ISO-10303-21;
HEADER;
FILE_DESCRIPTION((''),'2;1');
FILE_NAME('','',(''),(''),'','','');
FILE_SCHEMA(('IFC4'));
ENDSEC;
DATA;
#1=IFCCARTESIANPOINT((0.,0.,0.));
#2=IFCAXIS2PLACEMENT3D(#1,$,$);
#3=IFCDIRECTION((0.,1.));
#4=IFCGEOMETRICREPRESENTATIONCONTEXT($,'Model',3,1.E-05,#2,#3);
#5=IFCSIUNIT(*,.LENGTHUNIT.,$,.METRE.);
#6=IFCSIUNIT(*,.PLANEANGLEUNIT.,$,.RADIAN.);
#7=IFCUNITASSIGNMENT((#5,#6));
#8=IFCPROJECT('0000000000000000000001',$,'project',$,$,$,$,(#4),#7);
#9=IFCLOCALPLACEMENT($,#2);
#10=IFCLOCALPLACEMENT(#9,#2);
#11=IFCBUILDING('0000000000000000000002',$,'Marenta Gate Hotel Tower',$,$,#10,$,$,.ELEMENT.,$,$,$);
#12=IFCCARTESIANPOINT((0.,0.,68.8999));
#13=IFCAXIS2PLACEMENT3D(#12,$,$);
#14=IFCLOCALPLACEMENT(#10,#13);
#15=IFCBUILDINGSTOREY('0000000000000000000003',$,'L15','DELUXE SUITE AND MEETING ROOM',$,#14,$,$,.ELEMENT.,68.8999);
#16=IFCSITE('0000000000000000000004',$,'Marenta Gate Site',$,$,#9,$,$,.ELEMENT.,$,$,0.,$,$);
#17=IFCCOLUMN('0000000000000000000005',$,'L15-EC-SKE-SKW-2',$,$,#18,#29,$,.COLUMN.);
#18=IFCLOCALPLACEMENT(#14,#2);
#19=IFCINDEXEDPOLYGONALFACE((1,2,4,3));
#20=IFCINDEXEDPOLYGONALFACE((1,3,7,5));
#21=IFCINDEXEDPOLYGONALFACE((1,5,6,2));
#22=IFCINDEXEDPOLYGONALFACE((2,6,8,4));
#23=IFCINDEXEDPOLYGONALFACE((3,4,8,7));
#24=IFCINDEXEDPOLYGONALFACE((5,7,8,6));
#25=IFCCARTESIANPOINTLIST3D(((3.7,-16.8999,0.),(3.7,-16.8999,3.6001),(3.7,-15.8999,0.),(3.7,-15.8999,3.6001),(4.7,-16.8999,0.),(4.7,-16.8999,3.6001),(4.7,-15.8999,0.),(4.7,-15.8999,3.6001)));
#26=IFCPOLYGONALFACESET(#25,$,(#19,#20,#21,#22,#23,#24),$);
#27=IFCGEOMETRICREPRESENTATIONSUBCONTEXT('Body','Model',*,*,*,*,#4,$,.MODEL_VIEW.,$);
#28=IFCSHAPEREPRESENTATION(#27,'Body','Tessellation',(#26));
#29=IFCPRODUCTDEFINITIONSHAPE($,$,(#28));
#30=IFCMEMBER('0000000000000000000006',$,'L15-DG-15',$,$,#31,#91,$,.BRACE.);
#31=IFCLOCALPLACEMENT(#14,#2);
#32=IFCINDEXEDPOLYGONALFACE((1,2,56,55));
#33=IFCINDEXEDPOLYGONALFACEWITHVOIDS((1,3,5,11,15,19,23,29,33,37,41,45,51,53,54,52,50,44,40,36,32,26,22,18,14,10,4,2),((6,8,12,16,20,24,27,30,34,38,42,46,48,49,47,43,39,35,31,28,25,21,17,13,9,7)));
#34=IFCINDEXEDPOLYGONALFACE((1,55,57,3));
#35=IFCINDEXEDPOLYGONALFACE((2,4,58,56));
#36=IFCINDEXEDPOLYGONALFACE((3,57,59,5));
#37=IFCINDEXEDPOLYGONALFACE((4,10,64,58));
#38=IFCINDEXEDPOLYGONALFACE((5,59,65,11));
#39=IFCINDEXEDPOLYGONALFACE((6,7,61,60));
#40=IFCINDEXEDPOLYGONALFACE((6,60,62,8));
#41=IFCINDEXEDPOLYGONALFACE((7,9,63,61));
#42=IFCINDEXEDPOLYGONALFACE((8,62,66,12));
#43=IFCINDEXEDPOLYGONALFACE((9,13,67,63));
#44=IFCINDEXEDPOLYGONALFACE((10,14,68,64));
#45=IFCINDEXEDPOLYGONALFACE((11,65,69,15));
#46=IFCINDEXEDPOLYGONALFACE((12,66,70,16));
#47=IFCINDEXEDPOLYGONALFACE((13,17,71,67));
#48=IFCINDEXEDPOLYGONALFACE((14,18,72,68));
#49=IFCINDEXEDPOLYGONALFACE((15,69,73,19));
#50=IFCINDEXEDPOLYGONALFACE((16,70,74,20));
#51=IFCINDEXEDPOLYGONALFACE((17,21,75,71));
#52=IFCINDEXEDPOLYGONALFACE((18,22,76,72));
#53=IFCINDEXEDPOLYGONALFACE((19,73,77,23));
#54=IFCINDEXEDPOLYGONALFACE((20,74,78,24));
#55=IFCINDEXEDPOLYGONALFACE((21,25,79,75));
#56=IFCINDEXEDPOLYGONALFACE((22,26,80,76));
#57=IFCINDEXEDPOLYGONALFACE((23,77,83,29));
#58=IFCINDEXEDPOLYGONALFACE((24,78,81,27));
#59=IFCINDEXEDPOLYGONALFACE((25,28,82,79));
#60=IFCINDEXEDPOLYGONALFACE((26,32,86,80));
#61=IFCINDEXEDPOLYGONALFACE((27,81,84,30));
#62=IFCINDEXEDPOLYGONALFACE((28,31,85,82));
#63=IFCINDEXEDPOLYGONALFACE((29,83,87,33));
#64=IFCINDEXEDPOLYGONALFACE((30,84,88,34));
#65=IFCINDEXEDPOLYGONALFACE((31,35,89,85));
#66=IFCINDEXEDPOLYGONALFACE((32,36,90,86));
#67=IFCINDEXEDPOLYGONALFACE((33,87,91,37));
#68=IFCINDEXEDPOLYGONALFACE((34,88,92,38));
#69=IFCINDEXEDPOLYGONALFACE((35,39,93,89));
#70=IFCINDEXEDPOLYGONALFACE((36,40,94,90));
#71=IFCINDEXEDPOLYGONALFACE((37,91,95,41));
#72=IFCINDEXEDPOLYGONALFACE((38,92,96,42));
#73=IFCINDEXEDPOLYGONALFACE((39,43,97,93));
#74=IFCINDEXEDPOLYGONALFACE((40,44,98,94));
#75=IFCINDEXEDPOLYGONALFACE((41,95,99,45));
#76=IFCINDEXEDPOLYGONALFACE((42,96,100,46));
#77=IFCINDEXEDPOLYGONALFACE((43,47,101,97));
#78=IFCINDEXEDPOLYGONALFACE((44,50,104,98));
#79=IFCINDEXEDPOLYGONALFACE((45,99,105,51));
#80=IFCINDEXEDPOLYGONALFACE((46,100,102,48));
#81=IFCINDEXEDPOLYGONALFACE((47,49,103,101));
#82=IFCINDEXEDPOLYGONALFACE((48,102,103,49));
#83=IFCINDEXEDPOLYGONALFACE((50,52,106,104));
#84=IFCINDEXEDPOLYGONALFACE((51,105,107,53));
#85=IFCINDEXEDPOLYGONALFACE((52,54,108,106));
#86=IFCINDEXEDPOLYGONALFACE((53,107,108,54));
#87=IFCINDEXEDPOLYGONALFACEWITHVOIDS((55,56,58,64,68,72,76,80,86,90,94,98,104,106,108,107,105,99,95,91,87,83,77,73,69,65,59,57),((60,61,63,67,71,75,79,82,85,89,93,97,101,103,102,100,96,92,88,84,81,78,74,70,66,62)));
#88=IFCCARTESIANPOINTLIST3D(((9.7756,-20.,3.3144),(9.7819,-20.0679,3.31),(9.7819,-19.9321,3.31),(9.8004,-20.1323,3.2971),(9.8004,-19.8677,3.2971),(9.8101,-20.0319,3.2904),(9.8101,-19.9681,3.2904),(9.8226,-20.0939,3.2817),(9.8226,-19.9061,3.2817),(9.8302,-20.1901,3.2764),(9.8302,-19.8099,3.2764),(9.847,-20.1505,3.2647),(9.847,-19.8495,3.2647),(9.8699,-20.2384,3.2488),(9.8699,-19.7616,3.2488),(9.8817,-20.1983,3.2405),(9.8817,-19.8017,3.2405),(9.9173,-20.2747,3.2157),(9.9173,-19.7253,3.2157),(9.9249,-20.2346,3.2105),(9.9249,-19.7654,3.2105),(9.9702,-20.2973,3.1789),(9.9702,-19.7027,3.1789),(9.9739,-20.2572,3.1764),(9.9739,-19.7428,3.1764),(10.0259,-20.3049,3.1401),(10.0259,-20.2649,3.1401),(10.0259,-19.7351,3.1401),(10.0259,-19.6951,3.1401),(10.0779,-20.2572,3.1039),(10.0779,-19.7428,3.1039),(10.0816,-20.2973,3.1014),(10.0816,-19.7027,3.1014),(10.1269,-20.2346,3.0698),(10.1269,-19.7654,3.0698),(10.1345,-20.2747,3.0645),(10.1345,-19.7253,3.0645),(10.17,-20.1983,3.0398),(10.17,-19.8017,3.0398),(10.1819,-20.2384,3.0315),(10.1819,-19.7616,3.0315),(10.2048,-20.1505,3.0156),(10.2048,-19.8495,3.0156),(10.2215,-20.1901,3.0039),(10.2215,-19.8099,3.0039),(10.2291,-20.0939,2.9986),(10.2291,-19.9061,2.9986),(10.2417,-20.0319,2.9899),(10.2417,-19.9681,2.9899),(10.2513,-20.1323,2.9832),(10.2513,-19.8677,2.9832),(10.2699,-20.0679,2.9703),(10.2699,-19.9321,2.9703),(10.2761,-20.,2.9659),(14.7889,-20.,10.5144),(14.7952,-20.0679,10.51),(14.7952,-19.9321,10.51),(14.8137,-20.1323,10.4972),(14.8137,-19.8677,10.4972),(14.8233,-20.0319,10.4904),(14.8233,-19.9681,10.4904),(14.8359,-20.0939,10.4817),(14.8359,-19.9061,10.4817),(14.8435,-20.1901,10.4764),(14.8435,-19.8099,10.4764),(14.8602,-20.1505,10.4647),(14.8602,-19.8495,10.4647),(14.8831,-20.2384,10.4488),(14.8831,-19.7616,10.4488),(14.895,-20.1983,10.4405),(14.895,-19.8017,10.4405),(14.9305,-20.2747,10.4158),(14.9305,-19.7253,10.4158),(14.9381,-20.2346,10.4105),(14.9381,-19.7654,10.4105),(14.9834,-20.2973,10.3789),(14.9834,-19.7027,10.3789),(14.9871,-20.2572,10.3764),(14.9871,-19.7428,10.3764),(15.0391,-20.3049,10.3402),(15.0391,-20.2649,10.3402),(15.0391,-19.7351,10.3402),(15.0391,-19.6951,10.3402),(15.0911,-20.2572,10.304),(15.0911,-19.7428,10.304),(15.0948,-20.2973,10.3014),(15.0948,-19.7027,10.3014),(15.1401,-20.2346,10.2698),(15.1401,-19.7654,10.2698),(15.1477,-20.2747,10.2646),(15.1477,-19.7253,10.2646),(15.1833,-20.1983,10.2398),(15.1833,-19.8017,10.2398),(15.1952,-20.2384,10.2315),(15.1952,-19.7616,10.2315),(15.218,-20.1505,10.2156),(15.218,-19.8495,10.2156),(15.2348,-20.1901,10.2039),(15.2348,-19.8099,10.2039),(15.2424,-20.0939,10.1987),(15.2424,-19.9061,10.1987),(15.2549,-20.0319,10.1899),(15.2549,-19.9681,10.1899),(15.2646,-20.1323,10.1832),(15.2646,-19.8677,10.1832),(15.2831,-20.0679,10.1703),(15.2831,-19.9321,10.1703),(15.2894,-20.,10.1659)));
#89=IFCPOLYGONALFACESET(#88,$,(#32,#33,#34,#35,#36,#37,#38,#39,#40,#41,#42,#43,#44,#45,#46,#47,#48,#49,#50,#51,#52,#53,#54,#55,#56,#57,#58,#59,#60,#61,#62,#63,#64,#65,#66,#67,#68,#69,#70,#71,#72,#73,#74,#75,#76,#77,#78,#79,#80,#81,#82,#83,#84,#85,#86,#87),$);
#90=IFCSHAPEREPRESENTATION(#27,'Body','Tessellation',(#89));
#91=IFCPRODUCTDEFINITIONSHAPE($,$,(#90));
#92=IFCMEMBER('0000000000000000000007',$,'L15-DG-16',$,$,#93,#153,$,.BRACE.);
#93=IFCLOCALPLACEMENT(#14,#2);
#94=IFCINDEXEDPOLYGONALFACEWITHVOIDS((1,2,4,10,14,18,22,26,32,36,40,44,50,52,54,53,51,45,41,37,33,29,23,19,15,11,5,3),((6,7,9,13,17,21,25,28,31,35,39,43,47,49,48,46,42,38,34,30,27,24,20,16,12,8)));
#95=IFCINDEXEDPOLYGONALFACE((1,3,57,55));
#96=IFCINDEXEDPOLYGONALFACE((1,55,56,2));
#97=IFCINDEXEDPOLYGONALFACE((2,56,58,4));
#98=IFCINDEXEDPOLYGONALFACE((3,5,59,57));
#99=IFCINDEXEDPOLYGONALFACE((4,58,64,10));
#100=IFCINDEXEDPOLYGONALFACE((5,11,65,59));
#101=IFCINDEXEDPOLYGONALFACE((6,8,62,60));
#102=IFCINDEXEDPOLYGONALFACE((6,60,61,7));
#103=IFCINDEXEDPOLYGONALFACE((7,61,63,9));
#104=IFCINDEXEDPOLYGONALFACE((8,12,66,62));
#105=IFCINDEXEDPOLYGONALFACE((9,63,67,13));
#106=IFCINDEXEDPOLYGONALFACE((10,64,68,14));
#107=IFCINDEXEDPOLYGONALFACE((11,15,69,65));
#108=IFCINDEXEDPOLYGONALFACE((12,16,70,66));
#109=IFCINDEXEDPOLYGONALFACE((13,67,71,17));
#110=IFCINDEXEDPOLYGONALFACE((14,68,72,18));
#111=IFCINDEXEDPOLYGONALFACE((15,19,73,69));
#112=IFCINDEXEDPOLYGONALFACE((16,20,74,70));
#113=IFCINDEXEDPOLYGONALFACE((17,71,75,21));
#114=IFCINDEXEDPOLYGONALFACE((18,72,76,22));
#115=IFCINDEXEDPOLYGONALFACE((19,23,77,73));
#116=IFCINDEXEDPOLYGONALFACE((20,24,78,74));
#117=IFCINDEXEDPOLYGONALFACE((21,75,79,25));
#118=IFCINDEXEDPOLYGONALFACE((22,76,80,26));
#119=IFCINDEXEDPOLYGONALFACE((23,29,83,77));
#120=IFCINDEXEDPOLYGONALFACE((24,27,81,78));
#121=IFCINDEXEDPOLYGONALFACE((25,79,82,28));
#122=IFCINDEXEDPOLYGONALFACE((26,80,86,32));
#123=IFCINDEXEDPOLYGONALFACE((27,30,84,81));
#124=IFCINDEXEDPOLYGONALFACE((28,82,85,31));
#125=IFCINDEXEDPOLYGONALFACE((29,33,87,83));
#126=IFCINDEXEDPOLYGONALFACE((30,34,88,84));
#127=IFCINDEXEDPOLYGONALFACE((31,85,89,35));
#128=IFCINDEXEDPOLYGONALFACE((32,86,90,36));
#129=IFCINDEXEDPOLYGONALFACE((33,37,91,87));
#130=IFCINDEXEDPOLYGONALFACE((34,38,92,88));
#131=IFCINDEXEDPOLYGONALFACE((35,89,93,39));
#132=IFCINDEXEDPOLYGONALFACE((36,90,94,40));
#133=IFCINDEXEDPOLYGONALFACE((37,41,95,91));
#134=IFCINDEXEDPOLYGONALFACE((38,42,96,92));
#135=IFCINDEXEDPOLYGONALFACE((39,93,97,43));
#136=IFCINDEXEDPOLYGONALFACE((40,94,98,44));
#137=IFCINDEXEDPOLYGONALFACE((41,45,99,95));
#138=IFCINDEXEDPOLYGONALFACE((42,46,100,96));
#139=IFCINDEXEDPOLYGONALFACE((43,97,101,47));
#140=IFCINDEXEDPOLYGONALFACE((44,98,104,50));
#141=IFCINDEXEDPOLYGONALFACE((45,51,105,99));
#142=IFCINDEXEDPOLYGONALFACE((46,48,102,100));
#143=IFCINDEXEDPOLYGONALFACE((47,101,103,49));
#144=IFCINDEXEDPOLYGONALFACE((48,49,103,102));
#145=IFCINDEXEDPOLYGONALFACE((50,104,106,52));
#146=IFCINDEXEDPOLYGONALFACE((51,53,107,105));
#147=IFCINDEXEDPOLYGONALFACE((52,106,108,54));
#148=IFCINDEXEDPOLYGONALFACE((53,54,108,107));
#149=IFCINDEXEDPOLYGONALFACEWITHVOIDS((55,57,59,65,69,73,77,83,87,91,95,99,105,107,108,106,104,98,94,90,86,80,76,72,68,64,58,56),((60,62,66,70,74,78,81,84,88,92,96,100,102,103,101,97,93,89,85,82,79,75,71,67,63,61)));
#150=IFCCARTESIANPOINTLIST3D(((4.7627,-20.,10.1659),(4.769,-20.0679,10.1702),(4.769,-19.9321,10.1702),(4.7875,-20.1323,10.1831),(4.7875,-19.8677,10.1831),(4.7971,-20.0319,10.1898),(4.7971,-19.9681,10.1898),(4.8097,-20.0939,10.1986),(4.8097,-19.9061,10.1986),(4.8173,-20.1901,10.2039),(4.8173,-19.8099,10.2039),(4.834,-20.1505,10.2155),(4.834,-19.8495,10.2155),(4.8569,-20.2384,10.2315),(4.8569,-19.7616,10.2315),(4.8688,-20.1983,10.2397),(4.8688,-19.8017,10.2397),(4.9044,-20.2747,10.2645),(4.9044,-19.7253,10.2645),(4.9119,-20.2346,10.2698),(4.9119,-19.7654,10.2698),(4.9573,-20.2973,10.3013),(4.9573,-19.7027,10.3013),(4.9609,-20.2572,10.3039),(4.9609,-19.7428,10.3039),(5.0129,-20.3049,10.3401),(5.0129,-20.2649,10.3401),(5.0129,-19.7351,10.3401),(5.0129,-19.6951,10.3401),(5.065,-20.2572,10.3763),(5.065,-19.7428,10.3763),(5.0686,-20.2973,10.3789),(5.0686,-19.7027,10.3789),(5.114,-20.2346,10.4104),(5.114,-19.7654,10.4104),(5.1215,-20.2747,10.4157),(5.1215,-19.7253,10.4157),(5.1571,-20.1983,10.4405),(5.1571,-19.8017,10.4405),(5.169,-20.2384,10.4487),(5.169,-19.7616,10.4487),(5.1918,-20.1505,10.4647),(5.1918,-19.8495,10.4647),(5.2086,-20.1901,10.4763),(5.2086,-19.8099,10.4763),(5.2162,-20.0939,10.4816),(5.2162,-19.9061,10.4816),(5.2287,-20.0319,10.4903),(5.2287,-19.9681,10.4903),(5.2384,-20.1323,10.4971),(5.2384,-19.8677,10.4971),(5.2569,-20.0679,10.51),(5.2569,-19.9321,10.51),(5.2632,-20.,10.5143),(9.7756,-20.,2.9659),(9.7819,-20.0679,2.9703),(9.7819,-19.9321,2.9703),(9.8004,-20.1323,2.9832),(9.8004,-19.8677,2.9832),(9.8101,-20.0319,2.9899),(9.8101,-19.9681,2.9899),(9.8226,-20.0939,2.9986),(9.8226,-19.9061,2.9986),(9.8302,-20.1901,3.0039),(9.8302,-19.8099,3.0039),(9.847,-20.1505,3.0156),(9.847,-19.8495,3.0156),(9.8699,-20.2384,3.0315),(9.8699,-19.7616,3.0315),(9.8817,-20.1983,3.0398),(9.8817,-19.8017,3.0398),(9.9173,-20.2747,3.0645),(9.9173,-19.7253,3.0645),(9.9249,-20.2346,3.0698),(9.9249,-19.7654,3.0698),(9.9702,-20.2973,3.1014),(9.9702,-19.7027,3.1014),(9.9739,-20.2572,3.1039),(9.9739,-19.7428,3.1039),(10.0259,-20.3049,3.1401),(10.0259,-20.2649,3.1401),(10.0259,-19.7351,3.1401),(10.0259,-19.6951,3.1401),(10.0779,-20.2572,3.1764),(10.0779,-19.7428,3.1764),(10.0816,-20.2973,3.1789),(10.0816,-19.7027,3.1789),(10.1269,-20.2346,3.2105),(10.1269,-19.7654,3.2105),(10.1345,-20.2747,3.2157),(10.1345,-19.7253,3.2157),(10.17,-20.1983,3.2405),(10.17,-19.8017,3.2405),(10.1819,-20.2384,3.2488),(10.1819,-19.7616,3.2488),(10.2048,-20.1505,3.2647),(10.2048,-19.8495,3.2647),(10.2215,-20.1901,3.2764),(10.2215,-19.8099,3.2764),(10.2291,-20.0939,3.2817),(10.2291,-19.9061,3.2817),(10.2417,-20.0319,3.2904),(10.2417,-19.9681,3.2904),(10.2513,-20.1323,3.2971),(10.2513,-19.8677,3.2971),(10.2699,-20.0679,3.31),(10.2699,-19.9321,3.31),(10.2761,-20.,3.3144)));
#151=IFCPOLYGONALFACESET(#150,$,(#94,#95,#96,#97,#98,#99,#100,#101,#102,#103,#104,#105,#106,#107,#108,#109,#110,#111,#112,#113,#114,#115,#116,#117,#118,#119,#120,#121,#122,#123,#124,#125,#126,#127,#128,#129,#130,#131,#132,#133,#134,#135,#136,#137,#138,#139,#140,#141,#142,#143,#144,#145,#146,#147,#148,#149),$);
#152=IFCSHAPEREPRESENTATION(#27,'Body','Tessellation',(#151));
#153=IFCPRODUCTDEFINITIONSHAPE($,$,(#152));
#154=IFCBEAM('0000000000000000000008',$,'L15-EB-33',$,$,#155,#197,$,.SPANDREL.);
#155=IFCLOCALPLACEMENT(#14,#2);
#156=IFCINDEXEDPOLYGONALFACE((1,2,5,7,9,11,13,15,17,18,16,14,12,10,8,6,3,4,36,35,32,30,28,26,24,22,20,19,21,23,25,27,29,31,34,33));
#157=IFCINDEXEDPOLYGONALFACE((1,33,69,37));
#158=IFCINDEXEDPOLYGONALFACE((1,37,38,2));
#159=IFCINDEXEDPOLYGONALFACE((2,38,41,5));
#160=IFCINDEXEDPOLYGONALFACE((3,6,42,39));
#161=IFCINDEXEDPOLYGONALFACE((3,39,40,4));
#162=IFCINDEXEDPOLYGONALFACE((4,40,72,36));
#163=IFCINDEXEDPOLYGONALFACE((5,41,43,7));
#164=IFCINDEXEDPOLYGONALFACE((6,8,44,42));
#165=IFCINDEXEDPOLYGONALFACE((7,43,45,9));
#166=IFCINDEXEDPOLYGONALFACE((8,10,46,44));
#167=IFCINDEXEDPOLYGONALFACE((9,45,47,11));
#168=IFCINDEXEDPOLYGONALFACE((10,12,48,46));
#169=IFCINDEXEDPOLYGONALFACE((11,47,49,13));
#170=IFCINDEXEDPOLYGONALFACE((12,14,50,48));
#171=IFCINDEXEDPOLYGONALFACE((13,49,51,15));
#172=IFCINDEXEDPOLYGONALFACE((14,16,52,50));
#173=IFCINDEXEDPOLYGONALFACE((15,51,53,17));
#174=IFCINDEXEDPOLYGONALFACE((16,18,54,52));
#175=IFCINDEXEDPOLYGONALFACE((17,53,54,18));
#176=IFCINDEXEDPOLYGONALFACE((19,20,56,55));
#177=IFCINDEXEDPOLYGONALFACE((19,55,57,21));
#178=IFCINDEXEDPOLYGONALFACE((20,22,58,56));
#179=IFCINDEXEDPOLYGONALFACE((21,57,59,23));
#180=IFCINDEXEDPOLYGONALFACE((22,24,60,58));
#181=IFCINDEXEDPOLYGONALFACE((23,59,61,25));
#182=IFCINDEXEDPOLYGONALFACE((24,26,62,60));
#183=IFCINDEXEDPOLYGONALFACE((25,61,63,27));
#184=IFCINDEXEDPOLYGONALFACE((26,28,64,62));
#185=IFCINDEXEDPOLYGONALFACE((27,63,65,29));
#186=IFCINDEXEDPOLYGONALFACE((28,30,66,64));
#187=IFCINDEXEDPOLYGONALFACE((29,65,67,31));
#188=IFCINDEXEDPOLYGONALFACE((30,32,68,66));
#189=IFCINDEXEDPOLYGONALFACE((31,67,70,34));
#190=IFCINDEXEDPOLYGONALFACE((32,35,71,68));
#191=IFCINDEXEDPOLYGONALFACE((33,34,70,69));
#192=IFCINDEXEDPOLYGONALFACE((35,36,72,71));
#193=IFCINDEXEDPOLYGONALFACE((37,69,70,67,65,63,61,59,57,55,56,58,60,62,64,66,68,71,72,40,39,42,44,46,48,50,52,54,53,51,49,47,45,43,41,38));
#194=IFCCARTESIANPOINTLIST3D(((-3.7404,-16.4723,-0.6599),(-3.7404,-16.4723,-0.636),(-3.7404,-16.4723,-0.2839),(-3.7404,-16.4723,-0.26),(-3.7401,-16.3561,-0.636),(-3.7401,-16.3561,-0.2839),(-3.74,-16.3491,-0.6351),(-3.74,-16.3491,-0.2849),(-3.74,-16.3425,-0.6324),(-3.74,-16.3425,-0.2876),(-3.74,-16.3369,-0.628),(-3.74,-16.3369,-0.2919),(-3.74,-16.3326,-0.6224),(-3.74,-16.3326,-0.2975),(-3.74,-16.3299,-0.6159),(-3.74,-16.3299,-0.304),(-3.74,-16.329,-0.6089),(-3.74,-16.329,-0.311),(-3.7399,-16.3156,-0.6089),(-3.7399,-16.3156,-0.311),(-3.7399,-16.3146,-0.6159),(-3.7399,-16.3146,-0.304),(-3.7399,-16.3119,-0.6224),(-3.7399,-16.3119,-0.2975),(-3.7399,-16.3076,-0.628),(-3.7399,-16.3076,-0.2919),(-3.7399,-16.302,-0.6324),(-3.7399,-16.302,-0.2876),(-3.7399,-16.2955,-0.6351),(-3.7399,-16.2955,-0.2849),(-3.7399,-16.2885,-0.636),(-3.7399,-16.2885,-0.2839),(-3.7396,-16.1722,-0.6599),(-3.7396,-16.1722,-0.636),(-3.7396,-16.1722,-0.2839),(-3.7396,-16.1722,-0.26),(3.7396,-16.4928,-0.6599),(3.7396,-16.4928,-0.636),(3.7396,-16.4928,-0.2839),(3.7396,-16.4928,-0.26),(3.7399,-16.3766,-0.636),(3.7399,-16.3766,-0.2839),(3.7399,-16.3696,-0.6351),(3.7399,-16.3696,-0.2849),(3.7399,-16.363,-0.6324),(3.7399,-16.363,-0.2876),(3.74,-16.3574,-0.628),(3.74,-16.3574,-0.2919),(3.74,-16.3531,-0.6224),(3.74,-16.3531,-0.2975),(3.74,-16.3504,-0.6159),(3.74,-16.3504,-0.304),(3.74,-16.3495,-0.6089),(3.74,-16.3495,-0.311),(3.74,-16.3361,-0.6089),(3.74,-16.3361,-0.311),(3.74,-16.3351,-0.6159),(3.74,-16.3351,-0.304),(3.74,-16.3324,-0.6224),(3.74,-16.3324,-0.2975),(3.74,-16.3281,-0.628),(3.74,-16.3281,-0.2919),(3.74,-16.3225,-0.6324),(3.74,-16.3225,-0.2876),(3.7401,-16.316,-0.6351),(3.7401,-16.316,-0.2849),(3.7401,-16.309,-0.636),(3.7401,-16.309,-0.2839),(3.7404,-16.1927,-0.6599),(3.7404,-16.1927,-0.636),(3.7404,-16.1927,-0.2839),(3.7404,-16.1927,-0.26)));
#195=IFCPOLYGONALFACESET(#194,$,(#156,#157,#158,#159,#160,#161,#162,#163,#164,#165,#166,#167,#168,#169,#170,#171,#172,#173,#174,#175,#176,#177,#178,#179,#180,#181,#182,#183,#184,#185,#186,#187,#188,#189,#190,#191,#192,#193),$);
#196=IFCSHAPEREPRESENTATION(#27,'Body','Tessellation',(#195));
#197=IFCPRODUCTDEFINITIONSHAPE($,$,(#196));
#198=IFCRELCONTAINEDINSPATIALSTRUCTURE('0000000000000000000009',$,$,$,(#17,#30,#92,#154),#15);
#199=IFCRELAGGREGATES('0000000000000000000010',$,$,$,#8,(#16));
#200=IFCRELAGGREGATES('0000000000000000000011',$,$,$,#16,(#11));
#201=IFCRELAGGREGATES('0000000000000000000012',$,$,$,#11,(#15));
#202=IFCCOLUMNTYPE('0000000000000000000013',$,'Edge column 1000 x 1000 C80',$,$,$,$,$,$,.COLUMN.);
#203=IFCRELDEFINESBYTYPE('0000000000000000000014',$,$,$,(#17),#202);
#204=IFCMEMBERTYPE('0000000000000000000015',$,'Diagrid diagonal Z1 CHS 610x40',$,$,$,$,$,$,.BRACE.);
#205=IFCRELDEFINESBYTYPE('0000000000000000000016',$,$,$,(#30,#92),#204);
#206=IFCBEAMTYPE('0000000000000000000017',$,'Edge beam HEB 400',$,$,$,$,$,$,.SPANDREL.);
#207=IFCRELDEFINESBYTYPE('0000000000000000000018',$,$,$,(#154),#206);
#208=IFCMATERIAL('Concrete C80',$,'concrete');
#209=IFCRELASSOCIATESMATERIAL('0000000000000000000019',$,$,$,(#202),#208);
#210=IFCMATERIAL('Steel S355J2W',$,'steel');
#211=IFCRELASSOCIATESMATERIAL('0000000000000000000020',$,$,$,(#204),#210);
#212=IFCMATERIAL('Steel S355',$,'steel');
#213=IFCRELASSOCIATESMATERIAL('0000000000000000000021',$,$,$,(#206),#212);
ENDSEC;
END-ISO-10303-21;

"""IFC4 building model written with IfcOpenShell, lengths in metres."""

from ifc_helpers import new_model, si_unit, direction, frame, origin, origin_2d, place, context, subcontext, project, spatial, rectangle, hollow_circle, i_section, extrude, material, material_profile, profile_set, type_object, element, save


model = new_model("IFC4")

# Units and contexts
model_context = context("Model", 3, precision=1e-05, world=origin(), true_north=direction((0.0, 1.0)))
body_context = subcontext(model_context, "Body", "Model", "MODEL_VIEW")
ifc_project = project(units=[si_unit("LENGTHUNIT", "METRE"), si_unit("PLANEANGLEUNIT", "RADIAN")], contexts=[model_context])

# Site, building, storey
site_placement = place(None, origin())
site = spatial("IfcSite", under=ifc_project, at=site_placement, Name="Marenta Gate Site", CompositionType="ELEMENT", RefElevation=0.0)
building_placement = place(site_placement, origin())
building = spatial("IfcBuilding", under=site, at=building_placement, Name="Marenta Gate Hotel Tower", CompositionType="ELEMENT")
storey_placement = place(building_placement, frame((0.0, 0.0, 68.8999)))
storey = spatial("IfcBuildingStorey", under=building, at=storey_placement, Name="L15", Description="DELUXE SUITE AND MEETING ROOM", CompositionType="ELEMENT", Elevation=68.8999)

# Column
ifc_material_1 = material(Name="Concrete C80", Category="concrete")
ifc_material_profile_1 = material_profile(ifc_material_1, rectangle(XDim=1.0, YDim=1.0, at=origin_2d()), Name="1000 x 1000")
ifc_profile_set_1 = profile_set([ifc_material_profile_1], Name="Concrete C80")
column_type = type_object("IfcColumnType", Name="Edge column 1000 x 1000 C80", PredefinedType="COLUMN", material=ifc_profile_set_1)
column_placement = place(storey_placement, frame((4.2, -16.3999, 0.0), z_axis=(0.0, 0.0, 1.0), x_axis=(1.0, 0.0, 0.0)))
element("IfcColumn", 1, at=column_placement, inside=storey, type_object=column_type, Name="L15-EC-SKE-SKW-2", PredefinedType="COLUMN", context=body_context, shape_type="SweptSolid", body=[
    extrude(rectangle(XDim=1.0, YDim=1.0, at=origin_2d()), origin(), (0.0, 0.0, 1.0), 3.6001),
])

# Members
ifc_material_2 = material(Name="Steel S355J2W", Category="steel")
ifc_material_profile_2 = material_profile(ifc_material_2, hollow_circle(Radius=0.3049, WallThickness=0.04, at=origin_2d()), Name="CHS 610x40")
ifc_profile_set_2 = profile_set([ifc_material_profile_2], Name="Steel S355J2W")
member_type_1 = type_object("IfcMemberType", Name="Diagrid diagonal Z1 CHS 610x40", PredefinedType="BRACE", material=ifc_profile_set_2)
member_1_placement = place(storey_placement, frame((10.0259, -20.0, 3.1401), z_axis=(0.571412, 0.0, 0.820664), x_axis=(0.0, 1.0, 0.0)))
element("IfcMember", 2, at=member_1_placement, inside=storey, type_object=member_type_1, Name="L15-DG-15", PredefinedType="BRACE", context=body_context, shape_type="SweptSolid", body=[
    extrude(hollow_circle(Radius=0.3049, WallThickness=0.04, at=origin_2d()), origin(), (0.0, 0.0, 1.0), 8.7734),
])
member_2_placement = place(storey_placement, frame((10.0259, -20.0, 3.1401), z_axis=(-0.571393, 0.0, 0.820677), x_axis=(0.0, -1.0, 0.0)))
element("IfcMember", 3, at=member_2_placement, inside=storey, type_object=member_type_1, Name="L15-DG-16", PredefinedType="BRACE", context=body_context, shape_type="SweptSolid", body=[
    extrude(hollow_circle(Radius=0.3049, WallThickness=0.04, at=origin_2d()), origin(), (0.0, 0.0, 1.0), 8.7732),
])

# Beam
ifc_material_3 = material(Name="Steel S355", Category="steel")
ifc_material_profile_3 = material_profile(ifc_material_3, i_section(OverallWidth=0.3, OverallDepth=0.3999, WebThickness=0.0134, FlangeThickness=0.0239, FilletRadius=0.0271, at=origin_2d()), Name="HEB 400")
ifc_profile_set_3 = profile_set([ifc_material_profile_3], Name="Steel S355")
beam_type = type_object("IfcBeamType", Name="Edge beam HEB 400", PredefinedType="SPANDREL", material=ifc_profile_set_3)
beam_placement = place(storey_placement, frame((3.74, -16.3428, -0.46), z_axis=(-0.999996, 0.002742, 0.0), x_axis=(-0.002742, -0.999996, 0.0)))
element("IfcBeam", 4, at=beam_placement, inside=storey, type_object=beam_type, Name="L15-EB-33", PredefinedType="SPANDREL", context=body_context, shape_type="SweptSolid", body=[
    extrude(i_section(OverallWidth=0.3, OverallDepth=0.3999, WebThickness=0.0134, FlangeThickness=0.0239, FilletRadius=0.0271, at=origin_2d()), origin(), (0.0, 0.0, 1.0), 7.48),
])

save(model, "model.ifc")
